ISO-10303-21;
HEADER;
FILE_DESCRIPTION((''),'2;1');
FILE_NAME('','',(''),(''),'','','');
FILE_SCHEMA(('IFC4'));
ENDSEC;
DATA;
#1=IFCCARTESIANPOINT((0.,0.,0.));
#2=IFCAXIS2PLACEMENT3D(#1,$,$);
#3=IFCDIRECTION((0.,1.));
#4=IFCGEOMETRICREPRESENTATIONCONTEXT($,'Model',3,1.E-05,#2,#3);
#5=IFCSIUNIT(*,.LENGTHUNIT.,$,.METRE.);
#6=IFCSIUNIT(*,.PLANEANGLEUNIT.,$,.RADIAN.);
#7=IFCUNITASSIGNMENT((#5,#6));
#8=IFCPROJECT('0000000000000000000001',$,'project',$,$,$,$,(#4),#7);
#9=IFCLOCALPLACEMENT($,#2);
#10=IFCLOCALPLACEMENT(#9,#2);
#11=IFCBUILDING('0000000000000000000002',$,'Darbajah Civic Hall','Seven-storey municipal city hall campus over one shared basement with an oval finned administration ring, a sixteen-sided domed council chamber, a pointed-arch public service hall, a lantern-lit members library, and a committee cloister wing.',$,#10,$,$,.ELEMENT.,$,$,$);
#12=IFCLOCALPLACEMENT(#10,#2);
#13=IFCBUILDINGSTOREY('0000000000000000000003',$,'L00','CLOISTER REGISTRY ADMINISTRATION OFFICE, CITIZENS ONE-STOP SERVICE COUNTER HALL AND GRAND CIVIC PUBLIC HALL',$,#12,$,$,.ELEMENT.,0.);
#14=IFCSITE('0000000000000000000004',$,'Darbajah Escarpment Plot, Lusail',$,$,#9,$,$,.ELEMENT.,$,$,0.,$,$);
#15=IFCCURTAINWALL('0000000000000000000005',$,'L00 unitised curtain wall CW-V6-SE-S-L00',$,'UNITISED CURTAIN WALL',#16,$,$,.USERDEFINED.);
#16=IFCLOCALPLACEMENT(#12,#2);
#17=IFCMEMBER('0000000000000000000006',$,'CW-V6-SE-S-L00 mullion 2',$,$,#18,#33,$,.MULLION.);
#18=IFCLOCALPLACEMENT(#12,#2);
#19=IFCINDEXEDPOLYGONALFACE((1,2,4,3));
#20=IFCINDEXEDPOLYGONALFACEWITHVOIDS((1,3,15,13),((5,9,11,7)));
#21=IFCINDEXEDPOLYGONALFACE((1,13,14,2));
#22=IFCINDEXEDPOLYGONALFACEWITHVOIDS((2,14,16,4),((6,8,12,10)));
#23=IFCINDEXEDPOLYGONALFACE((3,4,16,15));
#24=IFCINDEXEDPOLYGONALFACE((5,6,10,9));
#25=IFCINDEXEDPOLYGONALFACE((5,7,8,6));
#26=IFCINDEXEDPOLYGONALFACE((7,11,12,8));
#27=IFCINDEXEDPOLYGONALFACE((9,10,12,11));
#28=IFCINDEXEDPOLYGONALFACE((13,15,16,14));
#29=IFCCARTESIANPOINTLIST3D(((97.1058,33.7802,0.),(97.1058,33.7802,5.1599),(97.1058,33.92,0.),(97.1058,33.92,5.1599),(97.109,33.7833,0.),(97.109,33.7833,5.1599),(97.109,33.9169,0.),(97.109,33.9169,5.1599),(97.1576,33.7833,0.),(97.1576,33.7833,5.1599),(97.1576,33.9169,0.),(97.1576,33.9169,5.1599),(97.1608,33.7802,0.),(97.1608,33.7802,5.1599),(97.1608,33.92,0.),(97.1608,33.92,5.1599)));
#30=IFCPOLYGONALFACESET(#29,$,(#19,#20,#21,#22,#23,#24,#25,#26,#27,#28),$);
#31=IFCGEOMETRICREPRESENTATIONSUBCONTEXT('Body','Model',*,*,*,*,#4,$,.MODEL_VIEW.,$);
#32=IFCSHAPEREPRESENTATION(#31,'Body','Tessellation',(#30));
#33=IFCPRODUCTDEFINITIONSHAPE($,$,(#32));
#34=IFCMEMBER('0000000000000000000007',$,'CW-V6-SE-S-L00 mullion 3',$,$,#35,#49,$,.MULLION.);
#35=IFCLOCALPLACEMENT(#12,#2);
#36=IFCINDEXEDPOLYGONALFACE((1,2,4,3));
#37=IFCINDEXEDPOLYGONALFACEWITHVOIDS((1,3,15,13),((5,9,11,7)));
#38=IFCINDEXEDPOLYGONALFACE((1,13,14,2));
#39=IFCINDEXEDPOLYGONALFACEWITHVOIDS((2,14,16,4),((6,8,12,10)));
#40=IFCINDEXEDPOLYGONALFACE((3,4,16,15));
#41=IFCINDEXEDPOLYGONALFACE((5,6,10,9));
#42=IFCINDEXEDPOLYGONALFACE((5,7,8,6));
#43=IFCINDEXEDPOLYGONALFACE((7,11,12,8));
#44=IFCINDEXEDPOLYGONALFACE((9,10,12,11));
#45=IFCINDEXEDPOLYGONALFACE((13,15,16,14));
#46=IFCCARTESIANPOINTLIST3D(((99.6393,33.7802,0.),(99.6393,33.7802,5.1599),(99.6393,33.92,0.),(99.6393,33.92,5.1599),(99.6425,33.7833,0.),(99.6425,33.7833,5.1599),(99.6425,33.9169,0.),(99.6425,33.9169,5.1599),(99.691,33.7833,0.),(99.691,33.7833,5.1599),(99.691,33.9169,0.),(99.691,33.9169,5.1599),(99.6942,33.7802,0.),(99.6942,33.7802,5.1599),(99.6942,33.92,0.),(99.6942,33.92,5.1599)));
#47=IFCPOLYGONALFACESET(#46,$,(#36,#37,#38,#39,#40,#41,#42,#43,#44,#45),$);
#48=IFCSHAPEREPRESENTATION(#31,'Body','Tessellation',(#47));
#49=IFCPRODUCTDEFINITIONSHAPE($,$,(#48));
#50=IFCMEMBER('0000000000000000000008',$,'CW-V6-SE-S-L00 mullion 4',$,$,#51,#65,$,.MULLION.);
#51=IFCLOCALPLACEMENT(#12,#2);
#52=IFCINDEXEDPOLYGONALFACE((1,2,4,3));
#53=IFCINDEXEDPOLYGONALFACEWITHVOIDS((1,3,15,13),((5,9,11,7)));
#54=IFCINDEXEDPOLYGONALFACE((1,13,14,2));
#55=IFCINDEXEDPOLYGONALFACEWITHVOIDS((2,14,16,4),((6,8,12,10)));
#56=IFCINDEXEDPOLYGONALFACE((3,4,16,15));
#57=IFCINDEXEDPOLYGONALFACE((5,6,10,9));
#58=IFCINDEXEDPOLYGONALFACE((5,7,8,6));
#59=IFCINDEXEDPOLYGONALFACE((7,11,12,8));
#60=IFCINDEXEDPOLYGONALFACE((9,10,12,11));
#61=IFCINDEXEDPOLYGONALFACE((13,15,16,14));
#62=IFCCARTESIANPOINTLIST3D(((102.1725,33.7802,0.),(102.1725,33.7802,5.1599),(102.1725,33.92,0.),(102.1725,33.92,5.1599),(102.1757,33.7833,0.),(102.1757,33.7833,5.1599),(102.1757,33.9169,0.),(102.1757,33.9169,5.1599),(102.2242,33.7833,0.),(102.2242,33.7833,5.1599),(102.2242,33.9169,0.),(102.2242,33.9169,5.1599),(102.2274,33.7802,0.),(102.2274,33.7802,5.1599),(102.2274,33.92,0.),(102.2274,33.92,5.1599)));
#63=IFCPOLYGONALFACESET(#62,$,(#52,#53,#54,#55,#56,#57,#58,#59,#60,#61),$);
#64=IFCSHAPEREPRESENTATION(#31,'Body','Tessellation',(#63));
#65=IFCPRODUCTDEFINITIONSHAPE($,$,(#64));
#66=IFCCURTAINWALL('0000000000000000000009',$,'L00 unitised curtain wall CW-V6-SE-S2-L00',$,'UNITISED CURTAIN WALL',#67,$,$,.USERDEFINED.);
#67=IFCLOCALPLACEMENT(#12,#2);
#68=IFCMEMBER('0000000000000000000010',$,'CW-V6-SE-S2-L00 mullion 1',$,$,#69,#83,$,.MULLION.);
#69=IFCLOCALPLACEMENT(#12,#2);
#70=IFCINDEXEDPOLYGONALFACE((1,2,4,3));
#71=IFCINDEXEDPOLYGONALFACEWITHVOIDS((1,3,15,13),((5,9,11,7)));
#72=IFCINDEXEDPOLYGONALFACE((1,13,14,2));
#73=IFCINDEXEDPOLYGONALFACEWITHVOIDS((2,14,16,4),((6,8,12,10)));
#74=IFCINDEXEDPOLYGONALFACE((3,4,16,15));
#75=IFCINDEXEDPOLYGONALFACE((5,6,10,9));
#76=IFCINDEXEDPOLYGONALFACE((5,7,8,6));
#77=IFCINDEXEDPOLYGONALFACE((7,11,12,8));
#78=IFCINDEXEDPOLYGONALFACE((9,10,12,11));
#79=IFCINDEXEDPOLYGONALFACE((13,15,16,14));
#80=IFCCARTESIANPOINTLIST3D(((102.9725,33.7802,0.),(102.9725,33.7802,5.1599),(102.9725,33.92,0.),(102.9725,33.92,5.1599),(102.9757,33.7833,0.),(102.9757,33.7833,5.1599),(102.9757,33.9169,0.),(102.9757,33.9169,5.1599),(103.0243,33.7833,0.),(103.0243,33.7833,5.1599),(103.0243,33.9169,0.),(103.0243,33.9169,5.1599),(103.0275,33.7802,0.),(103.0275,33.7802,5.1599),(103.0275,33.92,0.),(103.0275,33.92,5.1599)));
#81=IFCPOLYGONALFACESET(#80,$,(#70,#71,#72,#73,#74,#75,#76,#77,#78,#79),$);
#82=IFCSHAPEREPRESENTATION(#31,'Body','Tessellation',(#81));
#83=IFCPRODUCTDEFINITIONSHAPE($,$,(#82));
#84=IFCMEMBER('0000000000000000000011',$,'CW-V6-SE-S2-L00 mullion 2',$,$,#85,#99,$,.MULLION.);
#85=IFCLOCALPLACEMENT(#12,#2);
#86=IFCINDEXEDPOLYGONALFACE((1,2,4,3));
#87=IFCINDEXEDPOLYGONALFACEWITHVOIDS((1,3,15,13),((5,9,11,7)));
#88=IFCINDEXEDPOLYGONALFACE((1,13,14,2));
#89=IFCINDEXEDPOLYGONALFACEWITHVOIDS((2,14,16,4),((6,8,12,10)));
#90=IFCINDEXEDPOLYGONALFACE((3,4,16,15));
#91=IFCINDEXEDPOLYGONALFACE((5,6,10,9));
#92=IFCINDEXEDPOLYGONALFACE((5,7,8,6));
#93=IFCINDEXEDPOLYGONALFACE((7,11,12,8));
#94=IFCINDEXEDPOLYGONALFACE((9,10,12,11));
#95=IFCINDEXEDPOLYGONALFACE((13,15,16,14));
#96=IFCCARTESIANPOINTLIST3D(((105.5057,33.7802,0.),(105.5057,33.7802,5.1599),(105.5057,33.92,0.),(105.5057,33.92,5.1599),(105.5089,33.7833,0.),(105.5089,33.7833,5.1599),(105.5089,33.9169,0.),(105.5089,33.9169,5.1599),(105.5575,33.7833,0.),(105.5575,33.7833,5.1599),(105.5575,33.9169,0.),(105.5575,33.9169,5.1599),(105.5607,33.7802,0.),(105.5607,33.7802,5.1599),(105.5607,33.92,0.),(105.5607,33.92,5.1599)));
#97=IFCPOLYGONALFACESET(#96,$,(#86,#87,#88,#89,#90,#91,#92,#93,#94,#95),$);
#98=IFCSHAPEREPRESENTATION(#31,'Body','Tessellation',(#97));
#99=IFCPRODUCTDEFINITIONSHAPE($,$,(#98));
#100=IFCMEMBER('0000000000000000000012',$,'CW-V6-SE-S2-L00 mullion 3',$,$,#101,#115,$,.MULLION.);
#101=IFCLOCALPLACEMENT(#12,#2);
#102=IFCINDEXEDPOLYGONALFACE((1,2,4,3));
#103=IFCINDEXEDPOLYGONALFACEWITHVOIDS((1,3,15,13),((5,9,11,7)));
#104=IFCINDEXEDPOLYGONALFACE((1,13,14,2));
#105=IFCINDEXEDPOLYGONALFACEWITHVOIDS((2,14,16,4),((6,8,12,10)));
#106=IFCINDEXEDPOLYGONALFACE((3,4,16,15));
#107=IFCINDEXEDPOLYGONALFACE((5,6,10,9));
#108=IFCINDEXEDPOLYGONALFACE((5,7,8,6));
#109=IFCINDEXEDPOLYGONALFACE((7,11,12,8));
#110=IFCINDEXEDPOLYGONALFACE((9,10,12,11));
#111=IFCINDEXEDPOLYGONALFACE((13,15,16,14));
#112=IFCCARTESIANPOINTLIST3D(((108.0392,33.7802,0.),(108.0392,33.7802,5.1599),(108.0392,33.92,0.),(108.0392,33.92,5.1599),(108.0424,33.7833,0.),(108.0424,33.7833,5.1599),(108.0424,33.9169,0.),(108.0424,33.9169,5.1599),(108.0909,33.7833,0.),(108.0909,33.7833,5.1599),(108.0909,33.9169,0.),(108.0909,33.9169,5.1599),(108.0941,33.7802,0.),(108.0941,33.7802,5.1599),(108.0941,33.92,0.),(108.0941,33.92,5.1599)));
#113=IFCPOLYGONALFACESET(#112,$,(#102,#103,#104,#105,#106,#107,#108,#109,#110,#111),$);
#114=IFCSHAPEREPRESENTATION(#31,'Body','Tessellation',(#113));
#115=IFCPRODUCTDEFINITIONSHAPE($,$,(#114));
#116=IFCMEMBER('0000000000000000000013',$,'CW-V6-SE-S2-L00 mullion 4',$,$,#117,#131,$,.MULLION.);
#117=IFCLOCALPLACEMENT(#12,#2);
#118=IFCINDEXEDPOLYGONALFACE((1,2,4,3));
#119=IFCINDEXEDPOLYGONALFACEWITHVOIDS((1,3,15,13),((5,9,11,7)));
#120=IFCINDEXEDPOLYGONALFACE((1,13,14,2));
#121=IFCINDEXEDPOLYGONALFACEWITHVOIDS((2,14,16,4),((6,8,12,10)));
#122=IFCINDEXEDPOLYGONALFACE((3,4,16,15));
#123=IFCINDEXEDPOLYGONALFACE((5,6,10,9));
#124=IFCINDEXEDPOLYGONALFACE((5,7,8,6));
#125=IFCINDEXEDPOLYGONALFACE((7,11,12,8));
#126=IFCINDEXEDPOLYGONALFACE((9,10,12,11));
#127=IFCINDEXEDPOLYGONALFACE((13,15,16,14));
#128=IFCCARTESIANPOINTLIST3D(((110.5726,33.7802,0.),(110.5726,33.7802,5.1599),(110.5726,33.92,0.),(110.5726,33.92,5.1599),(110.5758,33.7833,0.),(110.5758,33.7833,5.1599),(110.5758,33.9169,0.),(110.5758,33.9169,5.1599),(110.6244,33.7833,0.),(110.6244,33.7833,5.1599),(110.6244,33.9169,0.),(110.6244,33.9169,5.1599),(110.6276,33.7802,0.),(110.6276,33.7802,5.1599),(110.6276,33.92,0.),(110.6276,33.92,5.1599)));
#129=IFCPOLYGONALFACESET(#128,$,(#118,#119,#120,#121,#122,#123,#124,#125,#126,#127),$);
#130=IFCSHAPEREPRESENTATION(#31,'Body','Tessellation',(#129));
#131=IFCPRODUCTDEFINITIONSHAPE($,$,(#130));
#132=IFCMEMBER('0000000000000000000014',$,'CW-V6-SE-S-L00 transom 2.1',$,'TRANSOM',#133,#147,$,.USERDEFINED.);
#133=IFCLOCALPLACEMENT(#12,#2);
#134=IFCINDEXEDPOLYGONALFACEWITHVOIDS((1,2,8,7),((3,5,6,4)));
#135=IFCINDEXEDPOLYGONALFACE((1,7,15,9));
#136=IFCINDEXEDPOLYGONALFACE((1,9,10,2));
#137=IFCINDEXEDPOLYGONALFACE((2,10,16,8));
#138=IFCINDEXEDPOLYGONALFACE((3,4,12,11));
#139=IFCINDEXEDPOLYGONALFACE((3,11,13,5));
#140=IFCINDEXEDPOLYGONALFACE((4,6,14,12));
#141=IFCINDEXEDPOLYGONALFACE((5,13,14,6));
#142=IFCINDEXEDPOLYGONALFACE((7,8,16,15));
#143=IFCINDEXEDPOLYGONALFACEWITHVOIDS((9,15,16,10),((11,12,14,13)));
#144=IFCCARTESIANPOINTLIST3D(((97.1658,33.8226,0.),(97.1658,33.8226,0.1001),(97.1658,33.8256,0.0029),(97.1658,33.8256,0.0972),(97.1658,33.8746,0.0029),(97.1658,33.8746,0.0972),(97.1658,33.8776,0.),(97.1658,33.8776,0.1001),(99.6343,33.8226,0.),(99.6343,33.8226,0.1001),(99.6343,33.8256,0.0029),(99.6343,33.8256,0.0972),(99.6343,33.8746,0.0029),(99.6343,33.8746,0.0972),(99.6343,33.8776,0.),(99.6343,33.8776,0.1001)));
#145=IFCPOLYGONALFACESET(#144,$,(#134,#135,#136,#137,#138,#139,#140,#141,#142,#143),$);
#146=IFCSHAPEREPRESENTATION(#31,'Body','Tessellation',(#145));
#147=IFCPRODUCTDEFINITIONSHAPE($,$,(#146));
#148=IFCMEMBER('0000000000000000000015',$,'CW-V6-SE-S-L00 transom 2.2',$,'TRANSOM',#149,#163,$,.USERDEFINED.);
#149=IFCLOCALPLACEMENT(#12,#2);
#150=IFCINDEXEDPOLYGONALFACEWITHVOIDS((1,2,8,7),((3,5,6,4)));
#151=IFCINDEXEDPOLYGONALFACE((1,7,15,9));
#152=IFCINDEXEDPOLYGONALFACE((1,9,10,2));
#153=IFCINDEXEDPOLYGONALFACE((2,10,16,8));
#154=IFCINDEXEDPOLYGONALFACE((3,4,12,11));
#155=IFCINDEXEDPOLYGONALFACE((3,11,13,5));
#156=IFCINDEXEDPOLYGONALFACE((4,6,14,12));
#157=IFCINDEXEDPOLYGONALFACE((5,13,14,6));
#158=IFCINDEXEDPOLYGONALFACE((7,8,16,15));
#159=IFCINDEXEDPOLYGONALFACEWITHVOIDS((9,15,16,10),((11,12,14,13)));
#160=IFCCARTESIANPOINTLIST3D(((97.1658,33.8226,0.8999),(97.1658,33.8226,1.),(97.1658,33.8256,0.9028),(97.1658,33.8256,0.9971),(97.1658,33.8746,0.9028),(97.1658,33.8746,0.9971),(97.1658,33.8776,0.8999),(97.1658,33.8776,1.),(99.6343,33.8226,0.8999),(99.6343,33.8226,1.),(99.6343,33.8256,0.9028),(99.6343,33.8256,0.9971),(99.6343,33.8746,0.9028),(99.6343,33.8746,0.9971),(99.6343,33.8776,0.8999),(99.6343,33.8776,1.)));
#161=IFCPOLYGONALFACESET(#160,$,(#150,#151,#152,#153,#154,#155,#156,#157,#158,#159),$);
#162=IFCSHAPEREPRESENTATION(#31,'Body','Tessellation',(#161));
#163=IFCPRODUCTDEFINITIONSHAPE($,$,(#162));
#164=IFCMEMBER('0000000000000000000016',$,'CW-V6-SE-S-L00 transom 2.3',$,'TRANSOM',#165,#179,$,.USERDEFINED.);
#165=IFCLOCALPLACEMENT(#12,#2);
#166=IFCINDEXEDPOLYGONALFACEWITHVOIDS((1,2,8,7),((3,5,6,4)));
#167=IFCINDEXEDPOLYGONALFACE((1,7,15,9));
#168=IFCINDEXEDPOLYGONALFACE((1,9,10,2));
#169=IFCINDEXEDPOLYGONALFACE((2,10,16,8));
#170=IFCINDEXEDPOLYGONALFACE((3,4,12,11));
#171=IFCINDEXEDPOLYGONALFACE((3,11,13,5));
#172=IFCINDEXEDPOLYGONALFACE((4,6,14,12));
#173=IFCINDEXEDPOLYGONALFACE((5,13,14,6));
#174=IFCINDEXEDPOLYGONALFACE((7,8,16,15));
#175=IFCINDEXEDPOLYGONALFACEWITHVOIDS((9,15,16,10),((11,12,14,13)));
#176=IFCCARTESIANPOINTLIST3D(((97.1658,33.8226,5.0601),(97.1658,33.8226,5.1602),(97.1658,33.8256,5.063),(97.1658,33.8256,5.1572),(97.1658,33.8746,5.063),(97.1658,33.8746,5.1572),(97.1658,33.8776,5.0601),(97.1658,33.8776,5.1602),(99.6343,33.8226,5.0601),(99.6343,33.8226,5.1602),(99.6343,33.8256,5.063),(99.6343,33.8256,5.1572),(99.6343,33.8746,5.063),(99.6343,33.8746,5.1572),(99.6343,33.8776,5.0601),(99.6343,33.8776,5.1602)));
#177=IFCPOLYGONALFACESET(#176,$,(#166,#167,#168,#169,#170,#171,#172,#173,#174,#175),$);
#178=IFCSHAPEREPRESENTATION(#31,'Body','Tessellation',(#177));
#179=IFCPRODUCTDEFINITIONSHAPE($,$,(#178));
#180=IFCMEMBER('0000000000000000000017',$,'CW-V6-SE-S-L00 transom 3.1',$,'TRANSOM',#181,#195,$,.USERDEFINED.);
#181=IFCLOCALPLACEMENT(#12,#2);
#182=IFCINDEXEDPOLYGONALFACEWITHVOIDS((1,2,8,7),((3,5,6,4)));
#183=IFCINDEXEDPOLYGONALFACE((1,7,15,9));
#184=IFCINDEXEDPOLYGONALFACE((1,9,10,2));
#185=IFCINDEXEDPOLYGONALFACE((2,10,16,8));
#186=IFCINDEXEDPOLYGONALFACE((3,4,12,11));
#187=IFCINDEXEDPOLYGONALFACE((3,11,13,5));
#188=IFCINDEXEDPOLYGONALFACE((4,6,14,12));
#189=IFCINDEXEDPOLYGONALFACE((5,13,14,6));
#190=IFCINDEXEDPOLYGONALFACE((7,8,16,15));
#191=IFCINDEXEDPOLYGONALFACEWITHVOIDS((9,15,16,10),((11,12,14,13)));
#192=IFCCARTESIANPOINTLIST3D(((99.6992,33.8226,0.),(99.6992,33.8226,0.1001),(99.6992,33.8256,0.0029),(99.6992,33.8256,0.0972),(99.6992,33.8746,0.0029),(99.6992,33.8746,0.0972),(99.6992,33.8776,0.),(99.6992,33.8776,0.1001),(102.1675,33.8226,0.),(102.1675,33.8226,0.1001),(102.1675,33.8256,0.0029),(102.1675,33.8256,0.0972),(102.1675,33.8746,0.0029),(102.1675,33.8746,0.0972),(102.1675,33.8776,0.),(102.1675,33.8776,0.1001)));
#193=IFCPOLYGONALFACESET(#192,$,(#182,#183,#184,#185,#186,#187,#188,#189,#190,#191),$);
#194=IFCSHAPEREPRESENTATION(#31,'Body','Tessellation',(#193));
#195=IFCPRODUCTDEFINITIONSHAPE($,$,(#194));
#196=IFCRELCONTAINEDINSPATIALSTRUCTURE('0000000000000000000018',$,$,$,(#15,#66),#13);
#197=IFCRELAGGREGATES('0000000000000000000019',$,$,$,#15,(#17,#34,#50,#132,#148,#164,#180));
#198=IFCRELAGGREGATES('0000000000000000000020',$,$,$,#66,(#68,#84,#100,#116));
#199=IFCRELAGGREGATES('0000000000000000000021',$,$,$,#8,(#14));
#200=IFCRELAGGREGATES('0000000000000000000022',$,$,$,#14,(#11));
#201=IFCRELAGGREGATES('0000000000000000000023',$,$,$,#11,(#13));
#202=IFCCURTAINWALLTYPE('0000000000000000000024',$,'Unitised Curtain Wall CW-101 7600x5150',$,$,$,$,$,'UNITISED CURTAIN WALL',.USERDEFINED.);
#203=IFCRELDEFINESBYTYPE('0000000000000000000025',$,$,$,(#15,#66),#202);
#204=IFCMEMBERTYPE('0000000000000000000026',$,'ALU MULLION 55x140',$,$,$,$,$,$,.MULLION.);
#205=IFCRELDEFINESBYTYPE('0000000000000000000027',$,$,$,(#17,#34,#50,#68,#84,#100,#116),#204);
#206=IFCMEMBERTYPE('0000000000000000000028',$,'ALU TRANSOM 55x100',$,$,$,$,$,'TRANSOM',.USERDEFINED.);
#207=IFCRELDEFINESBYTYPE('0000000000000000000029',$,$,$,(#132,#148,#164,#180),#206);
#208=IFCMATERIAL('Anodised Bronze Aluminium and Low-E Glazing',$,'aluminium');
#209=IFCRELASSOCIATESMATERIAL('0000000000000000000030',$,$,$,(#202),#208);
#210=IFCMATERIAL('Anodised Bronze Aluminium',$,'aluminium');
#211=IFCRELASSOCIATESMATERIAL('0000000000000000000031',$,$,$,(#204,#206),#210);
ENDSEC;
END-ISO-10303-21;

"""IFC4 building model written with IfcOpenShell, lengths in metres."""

from ifc_helpers import new_model, si_unit, direction, frame, origin, origin_2d, place, context, subcontext, project, spatial, hollow_rectangle, extrude, material, material_profile, profile_set, type_object, element, aggregate, save


model = new_model("IFC4")

# Units and contexts
model_context = context("Model", 3, precision=1e-05, world=origin(), true_north=direction((0.0, 1.0)))
body_context = subcontext(model_context, "Body", "Model", "MODEL_VIEW")
ifc_project = project(units=[si_unit("LENGTHUNIT", "METRE"), si_unit("PLANEANGLEUNIT", "RADIAN")], contexts=[model_context])

# Site, building, storey
site_placement = place(None, origin())
site = spatial("IfcSite", under=ifc_project, at=site_placement, Name="Darbajah Escarpment Plot, Lusail", CompositionType="ELEMENT", RefElevation=0.0)
building_placement = place(site_placement, origin())
building = spatial("IfcBuilding", under=site, at=building_placement, Name="Darbajah Civic Hall", Description="Seven-storey municipal city hall campus over one shared basement with an oval finned administration ring, a sixteen-sided domed council chamber, a pointed-arch public service hall, a lantern-lit members library, and a committee cloister wing.", CompositionType="ELEMENT")
storey_placement = place(building_placement, origin())
storey = spatial("IfcBuildingStorey", under=building, at=storey_placement, Name="L00", Description="CLOISTER REGISTRY ADMINISTRATION OFFICE, CITIZENS ONE-STOP SERVICE COUNTER HALL AND GRAND CIVIC PUBLIC HALL", CompositionType="ELEMENT", Elevation=0.0)

# Curtain walls, members
ifc_material_1 = material(Name="Anodised Bronze Aluminium and Low-E Glazing", Category="aluminium")
curtain_wall_type = type_object("IfcCurtainWallType", Name="Unitised Curtain Wall CW-101 7600x5150", ElementType="UNITISED CURTAIN WALL", PredefinedType="USERDEFINED", material=ifc_material_1)
curtain_wall_1_placement = place(storey_placement, origin())
curtain_wall_1 = element("IfcCurtainWall", 1, at=curtain_wall_1_placement, inside=storey, type_object=curtain_wall_type, Name="L00 unitised curtain wall CW-V6-SE-S-L00", ObjectType="UNITISED CURTAIN WALL", PredefinedType="USERDEFINED")
ifc_material_2 = material(Name="Anodised Bronze Aluminium", Category="aluminium")
ifc_material_profile_1 = material_profile(ifc_material_2, hollow_rectangle(XDim=0.0549, YDim=0.1399, WallThickness=0.0032, at=origin_2d()), Name="ALU MULLION 55x140")
ifc_profile_set_1 = profile_set([ifc_material_profile_1], Name="Anodised Bronze Aluminium")
member_type_1 = type_object("IfcMemberType", Name="ALU MULLION 55x140", PredefinedType="MULLION", material=ifc_profile_set_1)
member_1_placement = place(storey_placement, frame((97.1333, 33.8501, 0.0), z_axis=(0.0, 0.0, 1.0), x_axis=(1.0, 0.0, 0.0)))
member_1 = element("IfcMember", 2, at=member_1_placement, type_object=member_type_1, Name="CW-V6-SE-S-L00 mullion 2", PredefinedType="MULLION", context=body_context, shape_type="SweptSolid", body=[
    extrude(hollow_rectangle(XDim=0.0549, YDim=0.1399, WallThickness=0.0032, at=origin_2d()), origin(), (0.0, 0.0, 1.0), 5.1599),
])
member_2_placement = place(storey_placement, frame((99.6667, 33.8501, 0.0), z_axis=(0.0, 0.0, 1.0), x_axis=(1.0, 0.0, 0.0)))
member_2 = element("IfcMember", 3, at=member_2_placement, type_object=member_type_1, Name="CW-V6-SE-S-L00 mullion 3", PredefinedType="MULLION", context=body_context, shape_type="SweptSolid", body=[
    extrude(hollow_rectangle(XDim=0.0549, YDim=0.1399, WallThickness=0.0032, at=origin_2d()), origin(), (0.0, 0.0, 1.0), 5.1599),
])
member_3_placement = place(storey_placement, frame((102.2, 33.8501, 0.0), z_axis=(0.0, 0.0, 1.0), x_axis=(1.0, 0.0, 0.0)))
member_3 = element("IfcMember", 4, at=member_3_placement, type_object=member_type_1, Name="CW-V6-SE-S-L00 mullion 4", PredefinedType="MULLION", context=body_context, shape_type="SweptSolid", body=[
    extrude(hollow_rectangle(XDim=0.0549, YDim=0.1399, WallThickness=0.0032, at=origin_2d()), origin(), (0.0, 0.0, 1.0), 5.1599),
])
curtain_wall_2_placement = place(storey_placement, origin())
curtain_wall_2 = element("IfcCurtainWall", 5, at=curtain_wall_2_placement, inside=storey, type_object=curtain_wall_type, Name="L00 unitised curtain wall CW-V6-SE-S2-L00", ObjectType="UNITISED CURTAIN WALL", PredefinedType="USERDEFINED")
member_4_placement = place(storey_placement, frame((103.0, 33.8501, 0.0), z_axis=(0.0, 0.0, 1.0), x_axis=(1.0, 0.0, 0.0)))
member_4 = element("IfcMember", 6, at=member_4_placement, type_object=member_type_1, Name="CW-V6-SE-S2-L00 mullion 1", PredefinedType="MULLION", context=body_context, shape_type="SweptSolid", body=[
    extrude(hollow_rectangle(XDim=0.0549, YDim=0.1399, WallThickness=0.0032, at=origin_2d()), origin(), (0.0, 0.0, 1.0), 5.1599),
])
member_5_placement = place(storey_placement, frame((105.5332, 33.8501, 0.0), z_axis=(0.0, 0.0, 1.0), x_axis=(1.0, 0.0, 0.0)))
member_5 = element("IfcMember", 7, at=member_5_placement, type_object=member_type_1, Name="CW-V6-SE-S2-L00 mullion 2", PredefinedType="MULLION", context=body_context, shape_type="SweptSolid", body=[
    extrude(hollow_rectangle(XDim=0.0549, YDim=0.1399, WallThickness=0.0032, at=origin_2d()), origin(), (0.0, 0.0, 1.0), 5.1599),
])
member_6_placement = place(storey_placement, frame((108.0667, 33.8501, 0.0), z_axis=(0.0, 0.0, 1.0), x_axis=(1.0, 0.0, 0.0)))
member_6 = element("IfcMember", 8, at=member_6_placement, type_object=member_type_1, Name="CW-V6-SE-S2-L00 mullion 3", PredefinedType="MULLION", context=body_context, shape_type="SweptSolid", body=[
    extrude(hollow_rectangle(XDim=0.0549, YDim=0.1399, WallThickness=0.0032, at=origin_2d()), origin(), (0.0, 0.0, 1.0), 5.1599),
])
member_7_placement = place(storey_placement, frame((110.6001, 33.8501, 0.0), z_axis=(0.0, 0.0, 1.0), x_axis=(1.0, 0.0, 0.0)))
member_7 = element("IfcMember", 9, at=member_7_placement, type_object=member_type_1, Name="CW-V6-SE-S2-L00 mullion 4", PredefinedType="MULLION", context=body_context, shape_type="SweptSolid", body=[
    extrude(hollow_rectangle(XDim=0.0549, YDim=0.1399, WallThickness=0.0032, at=origin_2d()), origin(), (0.0, 0.0, 1.0), 5.1599),
])

# Members
ifc_material_profile_2 = material_profile(ifc_material_2, hollow_rectangle(XDim=0.0549, YDim=0.1001, WallThickness=0.0029, at=origin_2d()), Name="ALU TRANSOM 55x100")
ifc_profile_set_2 = profile_set([ifc_material_profile_2], Name="Anodised Bronze Aluminium")
member_type_2 = type_object("IfcMemberType", Name="ALU TRANSOM 55x100", ElementType="TRANSOM", PredefinedType="USERDEFINED", material=ifc_profile_set_2)
member_8_placement = place(storey_placement, frame((97.1658, 33.8501, 0.05), z_axis=(1.0, 0.0, 0.0), x_axis=(0.0, 1.0, 0.0)))
member_8 = element("IfcMember", 10, at=member_8_placement, type_object=member_type_2, Name="CW-V6-SE-S-L00 transom 2.1", ObjectType="TRANSOM", PredefinedType="USERDEFINED", context=body_context, shape_type="SweptSolid", body=[
    extrude(hollow_rectangle(XDim=0.0549, YDim=0.1001, WallThickness=0.0029, at=origin_2d()), origin(), (0.0, 0.0, 1.0), 2.4685),
])
member_9_placement = place(storey_placement, frame((97.1658, 33.8501, 0.95), z_axis=(1.0, 0.0, 0.0), x_axis=(0.0, 1.0, 0.0)))
member_9 = element("IfcMember", 11, at=member_9_placement, type_object=member_type_2, Name="CW-V6-SE-S-L00 transom 2.2", ObjectType="TRANSOM", PredefinedType="USERDEFINED", context=body_context, shape_type="SweptSolid", body=[
    extrude(hollow_rectangle(XDim=0.0549, YDim=0.1001, WallThickness=0.0029, at=origin_2d()), origin(), (0.0, 0.0, 1.0), 2.4685),
])
member_10_placement = place(storey_placement, frame((97.1658, 33.8501, 5.1101), z_axis=(1.0, 0.0, 0.0), x_axis=(0.0, 1.0, 0.0)))
member_10 = element("IfcMember", 12, at=member_10_placement, type_object=member_type_2, Name="CW-V6-SE-S-L00 transom 2.3", ObjectType="TRANSOM", PredefinedType="USERDEFINED", context=body_context, shape_type="SweptSolid", body=[
    extrude(hollow_rectangle(XDim=0.0549, YDim=0.1001, WallThickness=0.0029, at=origin_2d()), origin(), (0.0, 0.0, 1.0), 2.4685),
])
member_11_placement = place(storey_placement, frame((99.6992, 33.8501, 0.05), z_axis=(1.0, 0.0, 0.0), x_axis=(0.0, 1.0, 0.0)))
member_11 = element("IfcMember", 13, at=member_11_placement, type_object=member_type_2, Name="CW-V6-SE-S-L00 transom 3.1", ObjectType="TRANSOM", PredefinedType="USERDEFINED", context=body_context, shape_type="SweptSolid", body=[
    extrude(hollow_rectangle(XDim=0.0549, YDim=0.1001, WallThickness=0.0029, at=origin_2d()), origin(), (0.0, 0.0, 1.0), 2.4683),
])

aggregate(curtain_wall_1, [member_1, member_2, member_3, member_8, member_9, member_10, member_11])
aggregate(curtain_wall_2, [member_4, member_5, member_6, member_7])

save(model, "model.ifc")
